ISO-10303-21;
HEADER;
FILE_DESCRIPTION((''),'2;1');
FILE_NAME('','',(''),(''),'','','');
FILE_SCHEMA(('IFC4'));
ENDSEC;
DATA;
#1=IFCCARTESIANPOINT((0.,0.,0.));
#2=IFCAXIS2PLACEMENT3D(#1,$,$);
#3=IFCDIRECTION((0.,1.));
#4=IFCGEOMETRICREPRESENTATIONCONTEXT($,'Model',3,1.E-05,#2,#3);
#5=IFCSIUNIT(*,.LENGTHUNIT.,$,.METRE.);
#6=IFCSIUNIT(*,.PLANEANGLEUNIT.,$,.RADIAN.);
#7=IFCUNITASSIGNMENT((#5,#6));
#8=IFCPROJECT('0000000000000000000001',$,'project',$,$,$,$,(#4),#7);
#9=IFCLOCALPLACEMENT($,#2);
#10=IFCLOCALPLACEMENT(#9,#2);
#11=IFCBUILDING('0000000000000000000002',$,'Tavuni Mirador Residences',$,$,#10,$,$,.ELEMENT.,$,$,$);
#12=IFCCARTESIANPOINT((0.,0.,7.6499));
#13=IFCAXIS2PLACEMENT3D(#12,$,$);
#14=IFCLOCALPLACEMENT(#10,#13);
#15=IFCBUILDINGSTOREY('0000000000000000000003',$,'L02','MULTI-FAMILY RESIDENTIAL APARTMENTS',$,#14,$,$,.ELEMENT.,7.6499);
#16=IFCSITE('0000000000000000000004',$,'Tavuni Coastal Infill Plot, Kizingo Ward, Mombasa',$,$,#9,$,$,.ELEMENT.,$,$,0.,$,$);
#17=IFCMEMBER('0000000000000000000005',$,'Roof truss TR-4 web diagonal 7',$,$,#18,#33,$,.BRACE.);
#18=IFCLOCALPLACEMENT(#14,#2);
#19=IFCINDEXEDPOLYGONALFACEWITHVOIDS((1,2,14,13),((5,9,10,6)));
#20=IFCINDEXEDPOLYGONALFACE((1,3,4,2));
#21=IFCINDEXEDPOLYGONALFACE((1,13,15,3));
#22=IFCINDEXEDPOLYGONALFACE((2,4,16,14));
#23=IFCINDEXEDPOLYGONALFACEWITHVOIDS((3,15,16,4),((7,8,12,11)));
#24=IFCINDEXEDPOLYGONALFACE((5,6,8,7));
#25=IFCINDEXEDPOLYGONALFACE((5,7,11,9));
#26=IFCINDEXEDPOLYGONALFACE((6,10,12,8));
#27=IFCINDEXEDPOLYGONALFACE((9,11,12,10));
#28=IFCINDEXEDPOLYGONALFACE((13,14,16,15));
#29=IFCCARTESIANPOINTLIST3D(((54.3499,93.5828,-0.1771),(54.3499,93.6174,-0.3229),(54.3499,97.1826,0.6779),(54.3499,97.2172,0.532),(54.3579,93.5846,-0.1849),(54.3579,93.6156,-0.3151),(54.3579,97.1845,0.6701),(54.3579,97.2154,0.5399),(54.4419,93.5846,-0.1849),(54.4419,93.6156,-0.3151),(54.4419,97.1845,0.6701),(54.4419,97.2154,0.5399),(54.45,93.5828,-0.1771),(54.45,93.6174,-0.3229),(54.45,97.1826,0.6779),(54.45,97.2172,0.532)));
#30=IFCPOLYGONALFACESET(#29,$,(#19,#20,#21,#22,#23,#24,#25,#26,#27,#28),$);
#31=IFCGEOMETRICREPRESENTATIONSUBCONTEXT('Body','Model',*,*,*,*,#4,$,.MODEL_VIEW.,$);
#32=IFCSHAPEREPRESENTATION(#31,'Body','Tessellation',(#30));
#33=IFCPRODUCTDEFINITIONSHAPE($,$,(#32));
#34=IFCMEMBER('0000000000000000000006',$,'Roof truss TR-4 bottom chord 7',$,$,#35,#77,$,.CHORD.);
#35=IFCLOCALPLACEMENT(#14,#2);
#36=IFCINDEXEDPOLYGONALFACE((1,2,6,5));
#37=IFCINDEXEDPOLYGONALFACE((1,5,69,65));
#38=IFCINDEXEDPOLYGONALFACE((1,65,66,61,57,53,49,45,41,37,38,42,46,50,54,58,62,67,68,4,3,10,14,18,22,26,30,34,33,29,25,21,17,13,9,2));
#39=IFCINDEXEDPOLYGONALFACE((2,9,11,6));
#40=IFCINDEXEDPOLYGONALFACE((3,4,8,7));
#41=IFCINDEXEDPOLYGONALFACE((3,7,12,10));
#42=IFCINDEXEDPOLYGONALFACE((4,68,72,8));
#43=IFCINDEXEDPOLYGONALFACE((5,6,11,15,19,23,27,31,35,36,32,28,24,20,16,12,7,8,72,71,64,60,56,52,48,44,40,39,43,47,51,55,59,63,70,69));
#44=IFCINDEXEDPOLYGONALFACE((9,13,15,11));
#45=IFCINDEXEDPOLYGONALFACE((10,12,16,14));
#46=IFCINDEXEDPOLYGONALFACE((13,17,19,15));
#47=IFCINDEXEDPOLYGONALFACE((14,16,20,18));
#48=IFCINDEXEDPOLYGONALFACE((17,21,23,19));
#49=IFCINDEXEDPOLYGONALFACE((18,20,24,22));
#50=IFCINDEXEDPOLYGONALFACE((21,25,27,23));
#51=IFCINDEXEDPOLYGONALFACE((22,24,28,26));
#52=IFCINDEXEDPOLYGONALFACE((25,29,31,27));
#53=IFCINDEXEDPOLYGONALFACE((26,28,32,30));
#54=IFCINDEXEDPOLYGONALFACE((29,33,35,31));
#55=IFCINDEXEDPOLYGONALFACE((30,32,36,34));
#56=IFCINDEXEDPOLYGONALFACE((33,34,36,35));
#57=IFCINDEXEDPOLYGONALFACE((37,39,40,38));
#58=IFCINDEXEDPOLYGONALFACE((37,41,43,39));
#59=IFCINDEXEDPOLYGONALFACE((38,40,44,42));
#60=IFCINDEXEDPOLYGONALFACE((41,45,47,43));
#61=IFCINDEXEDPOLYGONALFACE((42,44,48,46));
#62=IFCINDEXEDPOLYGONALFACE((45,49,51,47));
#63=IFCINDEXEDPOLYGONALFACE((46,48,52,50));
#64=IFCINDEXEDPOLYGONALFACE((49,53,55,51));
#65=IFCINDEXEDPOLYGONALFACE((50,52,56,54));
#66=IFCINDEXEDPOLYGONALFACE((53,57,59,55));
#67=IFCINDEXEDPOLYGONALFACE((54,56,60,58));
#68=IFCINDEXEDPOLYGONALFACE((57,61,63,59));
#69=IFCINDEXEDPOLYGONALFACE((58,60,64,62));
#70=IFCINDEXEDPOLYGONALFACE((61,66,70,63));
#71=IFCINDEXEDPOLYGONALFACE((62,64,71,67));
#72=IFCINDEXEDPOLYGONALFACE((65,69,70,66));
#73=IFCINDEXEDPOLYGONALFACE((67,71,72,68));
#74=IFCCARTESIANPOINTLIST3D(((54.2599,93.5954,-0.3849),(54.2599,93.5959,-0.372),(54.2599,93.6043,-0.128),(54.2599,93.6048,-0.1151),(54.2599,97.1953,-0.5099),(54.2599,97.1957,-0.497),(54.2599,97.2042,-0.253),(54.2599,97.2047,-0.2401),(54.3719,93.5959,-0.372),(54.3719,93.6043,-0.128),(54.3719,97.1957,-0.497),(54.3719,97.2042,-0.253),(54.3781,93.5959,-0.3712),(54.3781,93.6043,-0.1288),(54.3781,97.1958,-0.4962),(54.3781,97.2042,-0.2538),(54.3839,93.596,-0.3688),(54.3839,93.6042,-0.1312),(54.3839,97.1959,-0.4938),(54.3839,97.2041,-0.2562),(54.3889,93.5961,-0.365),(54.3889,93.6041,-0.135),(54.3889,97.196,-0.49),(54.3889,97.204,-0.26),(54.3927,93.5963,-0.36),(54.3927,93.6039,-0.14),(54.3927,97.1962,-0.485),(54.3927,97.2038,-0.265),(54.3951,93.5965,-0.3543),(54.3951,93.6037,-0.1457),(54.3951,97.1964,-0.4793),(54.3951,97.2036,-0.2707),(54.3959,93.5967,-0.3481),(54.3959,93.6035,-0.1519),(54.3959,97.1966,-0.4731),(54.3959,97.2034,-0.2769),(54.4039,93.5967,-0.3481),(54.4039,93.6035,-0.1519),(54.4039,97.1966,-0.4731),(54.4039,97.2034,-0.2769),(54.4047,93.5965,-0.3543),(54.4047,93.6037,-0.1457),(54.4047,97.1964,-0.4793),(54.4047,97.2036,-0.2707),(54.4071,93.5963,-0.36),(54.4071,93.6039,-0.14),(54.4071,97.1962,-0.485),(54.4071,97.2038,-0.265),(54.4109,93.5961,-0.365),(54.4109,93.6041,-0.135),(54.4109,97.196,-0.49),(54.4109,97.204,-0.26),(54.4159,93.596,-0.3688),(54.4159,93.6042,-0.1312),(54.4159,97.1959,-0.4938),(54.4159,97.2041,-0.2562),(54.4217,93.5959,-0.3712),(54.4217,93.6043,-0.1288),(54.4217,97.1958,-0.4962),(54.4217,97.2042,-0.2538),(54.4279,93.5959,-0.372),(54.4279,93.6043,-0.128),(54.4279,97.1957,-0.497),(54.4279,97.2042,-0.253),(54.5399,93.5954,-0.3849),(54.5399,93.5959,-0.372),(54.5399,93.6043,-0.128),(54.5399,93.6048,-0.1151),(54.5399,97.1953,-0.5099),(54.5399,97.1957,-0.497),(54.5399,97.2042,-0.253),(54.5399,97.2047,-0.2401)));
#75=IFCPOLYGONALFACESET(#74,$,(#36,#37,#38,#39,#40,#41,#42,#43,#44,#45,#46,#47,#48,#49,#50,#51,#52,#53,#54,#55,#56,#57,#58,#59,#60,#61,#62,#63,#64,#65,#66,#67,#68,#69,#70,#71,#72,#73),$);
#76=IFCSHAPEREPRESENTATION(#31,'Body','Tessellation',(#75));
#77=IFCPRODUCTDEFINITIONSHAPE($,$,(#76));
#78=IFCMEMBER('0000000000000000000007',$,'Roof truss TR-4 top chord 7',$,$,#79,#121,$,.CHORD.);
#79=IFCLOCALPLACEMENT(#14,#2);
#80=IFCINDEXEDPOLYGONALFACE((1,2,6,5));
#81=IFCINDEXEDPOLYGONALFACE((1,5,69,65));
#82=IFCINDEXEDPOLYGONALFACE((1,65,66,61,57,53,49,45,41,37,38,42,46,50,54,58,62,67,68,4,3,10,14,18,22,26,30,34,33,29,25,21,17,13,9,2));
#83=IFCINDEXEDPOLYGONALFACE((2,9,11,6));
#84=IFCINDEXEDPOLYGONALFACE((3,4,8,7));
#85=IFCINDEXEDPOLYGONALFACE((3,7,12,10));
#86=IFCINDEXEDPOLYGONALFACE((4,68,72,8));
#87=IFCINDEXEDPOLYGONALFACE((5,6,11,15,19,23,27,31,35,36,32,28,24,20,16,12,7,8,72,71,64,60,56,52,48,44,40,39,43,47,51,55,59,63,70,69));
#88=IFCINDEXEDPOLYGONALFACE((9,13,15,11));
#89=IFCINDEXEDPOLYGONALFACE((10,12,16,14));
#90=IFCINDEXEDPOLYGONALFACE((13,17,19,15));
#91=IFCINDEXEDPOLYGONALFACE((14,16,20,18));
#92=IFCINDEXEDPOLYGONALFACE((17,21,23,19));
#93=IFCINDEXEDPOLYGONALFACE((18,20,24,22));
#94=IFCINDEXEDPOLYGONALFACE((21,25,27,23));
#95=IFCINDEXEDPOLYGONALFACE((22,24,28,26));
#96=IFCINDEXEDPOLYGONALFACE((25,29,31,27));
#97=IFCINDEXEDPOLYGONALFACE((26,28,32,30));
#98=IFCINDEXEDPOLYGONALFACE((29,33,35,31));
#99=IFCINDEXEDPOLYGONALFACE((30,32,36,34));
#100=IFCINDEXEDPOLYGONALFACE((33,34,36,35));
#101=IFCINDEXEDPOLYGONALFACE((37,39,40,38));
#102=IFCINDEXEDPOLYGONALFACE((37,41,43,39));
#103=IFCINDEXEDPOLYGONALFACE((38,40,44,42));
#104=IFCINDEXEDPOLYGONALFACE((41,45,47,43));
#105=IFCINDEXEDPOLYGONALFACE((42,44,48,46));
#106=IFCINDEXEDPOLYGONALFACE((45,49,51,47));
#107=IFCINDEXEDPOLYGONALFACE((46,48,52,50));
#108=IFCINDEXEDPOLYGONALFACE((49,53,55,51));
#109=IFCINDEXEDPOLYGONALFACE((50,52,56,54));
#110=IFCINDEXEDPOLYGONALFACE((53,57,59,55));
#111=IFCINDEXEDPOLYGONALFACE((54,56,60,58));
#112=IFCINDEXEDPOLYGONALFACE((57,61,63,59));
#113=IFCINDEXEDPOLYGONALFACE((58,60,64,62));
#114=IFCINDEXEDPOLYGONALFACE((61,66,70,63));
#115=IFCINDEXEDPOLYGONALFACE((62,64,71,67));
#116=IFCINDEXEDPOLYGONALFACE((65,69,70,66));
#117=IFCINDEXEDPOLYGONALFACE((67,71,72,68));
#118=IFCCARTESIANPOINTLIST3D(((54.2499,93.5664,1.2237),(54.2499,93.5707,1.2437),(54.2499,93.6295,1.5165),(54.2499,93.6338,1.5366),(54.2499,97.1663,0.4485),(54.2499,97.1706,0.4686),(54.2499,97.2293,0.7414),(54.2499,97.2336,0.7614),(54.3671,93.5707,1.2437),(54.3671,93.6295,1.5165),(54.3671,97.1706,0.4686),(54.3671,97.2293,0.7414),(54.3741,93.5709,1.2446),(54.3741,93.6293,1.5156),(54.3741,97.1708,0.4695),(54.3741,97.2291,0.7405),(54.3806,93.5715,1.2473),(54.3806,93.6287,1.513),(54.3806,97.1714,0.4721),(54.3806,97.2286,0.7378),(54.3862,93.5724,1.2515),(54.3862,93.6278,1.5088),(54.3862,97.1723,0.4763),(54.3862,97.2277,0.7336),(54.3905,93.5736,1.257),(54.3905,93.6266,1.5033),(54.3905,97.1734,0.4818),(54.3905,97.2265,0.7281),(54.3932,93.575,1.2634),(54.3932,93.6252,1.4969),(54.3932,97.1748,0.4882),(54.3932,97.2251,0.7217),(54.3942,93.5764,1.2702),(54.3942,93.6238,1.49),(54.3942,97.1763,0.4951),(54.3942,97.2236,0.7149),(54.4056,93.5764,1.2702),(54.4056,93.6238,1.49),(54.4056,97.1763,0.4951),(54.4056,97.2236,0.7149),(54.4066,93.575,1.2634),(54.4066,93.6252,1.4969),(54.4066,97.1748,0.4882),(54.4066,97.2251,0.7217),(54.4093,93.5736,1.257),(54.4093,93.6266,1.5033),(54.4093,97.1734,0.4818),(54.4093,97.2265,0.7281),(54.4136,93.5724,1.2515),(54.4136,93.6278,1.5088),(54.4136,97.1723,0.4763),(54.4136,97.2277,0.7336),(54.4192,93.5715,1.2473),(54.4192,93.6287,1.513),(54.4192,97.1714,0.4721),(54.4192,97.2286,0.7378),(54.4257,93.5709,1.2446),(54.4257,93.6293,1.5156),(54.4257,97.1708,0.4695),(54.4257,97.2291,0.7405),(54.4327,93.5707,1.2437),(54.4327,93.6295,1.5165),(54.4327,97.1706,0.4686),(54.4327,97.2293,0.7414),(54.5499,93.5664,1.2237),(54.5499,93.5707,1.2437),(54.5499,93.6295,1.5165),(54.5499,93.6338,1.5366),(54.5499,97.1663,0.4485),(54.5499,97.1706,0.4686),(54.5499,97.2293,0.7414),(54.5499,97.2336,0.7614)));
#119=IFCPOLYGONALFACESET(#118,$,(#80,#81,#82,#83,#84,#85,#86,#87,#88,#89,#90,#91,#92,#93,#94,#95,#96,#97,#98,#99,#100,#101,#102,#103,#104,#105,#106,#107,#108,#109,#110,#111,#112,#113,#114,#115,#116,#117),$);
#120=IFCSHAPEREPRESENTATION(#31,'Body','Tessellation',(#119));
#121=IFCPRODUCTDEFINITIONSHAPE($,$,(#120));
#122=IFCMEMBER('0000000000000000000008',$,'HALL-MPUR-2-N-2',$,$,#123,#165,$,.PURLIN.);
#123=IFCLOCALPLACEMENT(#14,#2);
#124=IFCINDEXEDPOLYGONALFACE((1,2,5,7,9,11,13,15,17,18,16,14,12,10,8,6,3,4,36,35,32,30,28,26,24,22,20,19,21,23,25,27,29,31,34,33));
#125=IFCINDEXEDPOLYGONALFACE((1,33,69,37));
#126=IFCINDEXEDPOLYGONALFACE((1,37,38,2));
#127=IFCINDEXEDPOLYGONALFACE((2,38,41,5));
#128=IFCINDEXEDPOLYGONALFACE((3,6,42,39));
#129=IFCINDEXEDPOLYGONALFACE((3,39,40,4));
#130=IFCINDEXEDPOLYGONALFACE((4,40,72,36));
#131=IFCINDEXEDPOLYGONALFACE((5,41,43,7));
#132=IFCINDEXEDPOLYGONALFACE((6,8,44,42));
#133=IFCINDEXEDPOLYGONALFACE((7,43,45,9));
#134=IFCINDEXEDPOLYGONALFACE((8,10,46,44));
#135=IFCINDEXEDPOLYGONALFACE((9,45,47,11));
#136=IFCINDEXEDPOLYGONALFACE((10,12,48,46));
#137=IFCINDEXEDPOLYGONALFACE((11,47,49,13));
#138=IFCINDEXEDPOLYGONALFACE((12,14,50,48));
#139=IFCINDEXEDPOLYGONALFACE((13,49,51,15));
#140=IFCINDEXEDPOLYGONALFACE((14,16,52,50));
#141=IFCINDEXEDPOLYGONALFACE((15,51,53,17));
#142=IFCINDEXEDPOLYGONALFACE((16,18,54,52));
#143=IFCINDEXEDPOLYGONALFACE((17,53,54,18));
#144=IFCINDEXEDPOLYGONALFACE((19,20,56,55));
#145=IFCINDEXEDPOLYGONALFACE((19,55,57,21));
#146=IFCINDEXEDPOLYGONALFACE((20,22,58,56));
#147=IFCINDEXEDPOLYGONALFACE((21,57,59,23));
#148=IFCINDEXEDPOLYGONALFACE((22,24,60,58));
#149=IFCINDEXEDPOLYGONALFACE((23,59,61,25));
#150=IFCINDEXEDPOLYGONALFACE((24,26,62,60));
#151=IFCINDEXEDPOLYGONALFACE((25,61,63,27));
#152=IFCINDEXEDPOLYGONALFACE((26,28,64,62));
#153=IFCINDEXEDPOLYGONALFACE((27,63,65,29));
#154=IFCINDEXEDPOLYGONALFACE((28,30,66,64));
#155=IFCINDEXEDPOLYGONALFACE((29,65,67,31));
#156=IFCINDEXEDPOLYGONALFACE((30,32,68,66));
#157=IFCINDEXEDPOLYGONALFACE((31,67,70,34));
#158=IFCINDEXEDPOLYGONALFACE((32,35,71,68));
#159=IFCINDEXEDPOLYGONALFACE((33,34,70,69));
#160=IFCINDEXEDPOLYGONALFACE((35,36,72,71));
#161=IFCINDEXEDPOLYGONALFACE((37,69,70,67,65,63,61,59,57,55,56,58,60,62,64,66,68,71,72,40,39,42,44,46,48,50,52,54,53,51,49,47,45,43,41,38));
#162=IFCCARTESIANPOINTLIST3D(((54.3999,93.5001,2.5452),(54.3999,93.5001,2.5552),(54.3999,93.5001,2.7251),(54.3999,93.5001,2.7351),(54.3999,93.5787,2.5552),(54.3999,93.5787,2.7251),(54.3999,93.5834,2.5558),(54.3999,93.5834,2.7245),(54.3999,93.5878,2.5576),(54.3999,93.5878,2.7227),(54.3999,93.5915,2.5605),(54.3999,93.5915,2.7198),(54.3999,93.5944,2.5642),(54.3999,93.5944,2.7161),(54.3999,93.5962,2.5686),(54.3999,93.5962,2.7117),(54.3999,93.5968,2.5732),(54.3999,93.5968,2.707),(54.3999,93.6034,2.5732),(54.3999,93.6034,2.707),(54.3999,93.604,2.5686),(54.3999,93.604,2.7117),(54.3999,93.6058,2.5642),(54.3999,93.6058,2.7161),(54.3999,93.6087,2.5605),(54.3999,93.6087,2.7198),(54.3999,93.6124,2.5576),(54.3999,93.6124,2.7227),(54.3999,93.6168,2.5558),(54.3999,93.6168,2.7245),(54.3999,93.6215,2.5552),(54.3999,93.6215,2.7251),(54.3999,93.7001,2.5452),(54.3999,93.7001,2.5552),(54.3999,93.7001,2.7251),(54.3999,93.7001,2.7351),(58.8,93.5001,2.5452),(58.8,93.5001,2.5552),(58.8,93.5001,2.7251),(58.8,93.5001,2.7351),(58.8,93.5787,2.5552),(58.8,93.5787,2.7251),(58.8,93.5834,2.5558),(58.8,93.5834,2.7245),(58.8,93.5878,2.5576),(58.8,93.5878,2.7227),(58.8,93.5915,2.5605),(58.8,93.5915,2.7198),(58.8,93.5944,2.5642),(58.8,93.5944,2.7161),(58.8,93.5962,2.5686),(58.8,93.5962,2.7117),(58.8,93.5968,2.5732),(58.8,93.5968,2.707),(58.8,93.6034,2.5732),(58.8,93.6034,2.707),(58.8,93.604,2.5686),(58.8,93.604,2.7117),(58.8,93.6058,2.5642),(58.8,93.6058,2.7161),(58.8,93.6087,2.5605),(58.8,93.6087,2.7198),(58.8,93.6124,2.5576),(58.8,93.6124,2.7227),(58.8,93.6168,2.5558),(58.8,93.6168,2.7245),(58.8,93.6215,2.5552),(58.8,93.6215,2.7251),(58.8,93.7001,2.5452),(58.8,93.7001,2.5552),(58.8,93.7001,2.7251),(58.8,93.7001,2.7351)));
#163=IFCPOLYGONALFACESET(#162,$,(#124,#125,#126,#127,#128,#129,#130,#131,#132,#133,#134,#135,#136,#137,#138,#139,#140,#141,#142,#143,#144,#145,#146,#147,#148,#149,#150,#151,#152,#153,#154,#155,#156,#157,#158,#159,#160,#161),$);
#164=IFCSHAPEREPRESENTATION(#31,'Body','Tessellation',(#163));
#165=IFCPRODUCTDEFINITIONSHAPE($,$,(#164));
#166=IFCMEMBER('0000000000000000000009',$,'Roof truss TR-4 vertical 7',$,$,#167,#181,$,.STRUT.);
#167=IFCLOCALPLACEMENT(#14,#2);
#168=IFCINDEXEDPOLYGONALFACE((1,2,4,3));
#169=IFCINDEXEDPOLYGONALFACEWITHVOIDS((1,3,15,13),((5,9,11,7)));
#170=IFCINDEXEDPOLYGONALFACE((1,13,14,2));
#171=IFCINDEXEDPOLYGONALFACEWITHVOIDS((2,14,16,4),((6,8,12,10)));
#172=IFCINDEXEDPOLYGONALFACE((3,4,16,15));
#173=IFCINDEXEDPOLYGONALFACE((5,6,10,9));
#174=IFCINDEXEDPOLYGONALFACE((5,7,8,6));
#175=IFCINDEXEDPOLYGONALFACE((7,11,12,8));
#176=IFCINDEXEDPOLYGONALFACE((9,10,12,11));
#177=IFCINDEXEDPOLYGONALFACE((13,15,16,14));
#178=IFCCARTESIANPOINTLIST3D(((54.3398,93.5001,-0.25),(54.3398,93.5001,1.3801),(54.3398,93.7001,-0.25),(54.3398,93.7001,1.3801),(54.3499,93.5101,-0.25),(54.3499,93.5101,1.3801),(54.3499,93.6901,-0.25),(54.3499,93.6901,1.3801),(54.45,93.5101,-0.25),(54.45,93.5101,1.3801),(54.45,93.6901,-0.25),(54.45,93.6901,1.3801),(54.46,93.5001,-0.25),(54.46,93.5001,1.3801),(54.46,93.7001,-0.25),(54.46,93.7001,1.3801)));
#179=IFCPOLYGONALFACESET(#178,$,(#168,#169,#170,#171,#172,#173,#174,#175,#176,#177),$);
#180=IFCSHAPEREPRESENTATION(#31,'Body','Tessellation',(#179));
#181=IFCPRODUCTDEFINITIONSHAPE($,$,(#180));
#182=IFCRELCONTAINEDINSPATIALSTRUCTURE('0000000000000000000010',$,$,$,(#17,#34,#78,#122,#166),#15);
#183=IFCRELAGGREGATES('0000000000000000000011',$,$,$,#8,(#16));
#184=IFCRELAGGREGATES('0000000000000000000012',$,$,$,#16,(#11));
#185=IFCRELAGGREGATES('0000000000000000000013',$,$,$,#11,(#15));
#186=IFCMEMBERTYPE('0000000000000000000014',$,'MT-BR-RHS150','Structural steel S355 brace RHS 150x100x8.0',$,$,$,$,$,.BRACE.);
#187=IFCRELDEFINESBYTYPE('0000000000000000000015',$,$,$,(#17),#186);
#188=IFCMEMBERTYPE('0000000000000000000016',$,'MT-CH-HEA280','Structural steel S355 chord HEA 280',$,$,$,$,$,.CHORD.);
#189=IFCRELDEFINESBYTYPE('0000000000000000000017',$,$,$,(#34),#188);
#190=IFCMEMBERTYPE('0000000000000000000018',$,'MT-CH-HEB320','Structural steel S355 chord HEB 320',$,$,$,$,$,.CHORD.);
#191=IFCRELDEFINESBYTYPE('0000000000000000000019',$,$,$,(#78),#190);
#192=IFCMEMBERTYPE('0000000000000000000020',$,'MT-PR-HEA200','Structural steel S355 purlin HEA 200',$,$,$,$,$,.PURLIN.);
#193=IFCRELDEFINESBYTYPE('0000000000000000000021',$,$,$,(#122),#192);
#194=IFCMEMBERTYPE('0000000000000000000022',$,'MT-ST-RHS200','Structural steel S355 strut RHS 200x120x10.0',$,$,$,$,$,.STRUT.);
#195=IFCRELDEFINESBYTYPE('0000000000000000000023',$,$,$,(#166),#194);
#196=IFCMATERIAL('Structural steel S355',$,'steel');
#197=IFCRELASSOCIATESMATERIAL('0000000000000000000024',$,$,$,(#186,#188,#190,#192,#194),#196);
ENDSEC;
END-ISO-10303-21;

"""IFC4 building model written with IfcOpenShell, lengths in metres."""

from ifc_helpers import new_model, si_unit, direction, frame, origin, origin_2d, place, context, subcontext, project, spatial, hollow_rectangle, i_section, extrude, material, material_profile, profile_set, type_object, element, save


model = new_model("IFC4")

# Units and contexts
model_context = context("Model", 3, precision=1e-05, world=origin(), true_north=direction((0.0, 1.0)))
body_context = subcontext(model_context, "Body", "Model", "MODEL_VIEW")
ifc_project = project(units=[si_unit("LENGTHUNIT", "METRE"), si_unit("PLANEANGLEUNIT", "RADIAN")], contexts=[model_context])

# Site, building, storey
site_placement = place(None, origin())
site = spatial("IfcSite", under=ifc_project, at=site_placement, Name="Tavuni Coastal Infill Plot, Kizingo Ward, Mombasa", CompositionType="ELEMENT", RefElevation=0.0)
building_placement = place(site_placement, origin())
building = spatial("IfcBuilding", under=site, at=building_placement, Name="Tavuni Mirador Residences", CompositionType="ELEMENT")
storey_placement = place(building_placement, frame((0.0, 0.0, 7.6499)))
storey = spatial("IfcBuildingStorey", under=building, at=storey_placement, Name="L02", Description="MULTI-FAMILY RESIDENTIAL APARTMENTS", CompositionType="ELEMENT", Elevation=7.6499)

# Members
ifc_material_1 = material(Name="Structural steel S355", Category="steel")
ifc_material_profile_1 = material_profile(ifc_material_1, hollow_rectangle(XDim=0.1001, YDim=0.1499, WallThickness=0.0081, at=origin_2d()), Name="RHS 150x100x8.0", Category="steel")
ifc_profile_set_1 = profile_set([ifc_material_profile_1], Name="Structural steel S355")
member_type_1 = type_object("IfcMemberType", Name="MT-BR-RHS150", Description="Structural steel S355 brace RHS 150x100x8.0", PredefinedType="BRACE", material=ifc_profile_set_1)
member_1_placement = place(storey_placement, frame((54.3999, 93.6001, -0.25), z_axis=(0.0, 0.972936, 0.231076), x_axis=(-1.0, 0.0, 0.0)))
element("IfcMember", 1, at=member_1_placement, inside=storey, type_object=member_type_1, Name="Roof truss TR-4 web diagonal 7", PredefinedType="BRACE", context=body_context, shape_type="SweptSolid", body=[
    extrude(hollow_rectangle(XDim=0.1001, YDim=0.1499, WallThickness=0.0081, at=origin_2d()), origin(), (0.0, 0.0, 1.0), 3.7),
])
ifc_material_profile_2 = material_profile(ifc_material_1, i_section(OverallWidth=0.28, OverallDepth=0.27, WebThickness=0.0081, FlangeThickness=0.0129, FilletRadius=0.0239, at=origin_2d()), Name="HEA 280", Category="steel")
ifc_profile_set_2 = profile_set([ifc_material_profile_2], Name="Structural steel S355")
member_type_2 = type_object("IfcMemberType", Name="MT-CH-HEA280", Description="Structural steel S355 chord HEA 280", PredefinedType="CHORD", material=ifc_profile_set_2)
member_2_placement = place(storey_placement, frame((54.3999, 93.6001, -0.25), z_axis=(0.0, 0.999398, -0.034703), x_axis=(-1.0, 0.0, 0.0)))
element("IfcMember", 2, at=member_2_placement, inside=storey, type_object=member_type_2, Name="Roof truss TR-4 bottom chord 7", PredefinedType="CHORD", context=body_context, shape_type="SweptSolid", body=[
    extrude(i_section(OverallWidth=0.28, OverallDepth=0.27, WebThickness=0.0081, FlangeThickness=0.0129, FilletRadius=0.0239, at=origin_2d()), origin(), (0.0, 0.0, 1.0), 3.6021),
])
ifc_material_profile_3 = material_profile(ifc_material_1, i_section(OverallWidth=0.3, OverallDepth=0.3201, WebThickness=0.0115, FlangeThickness=0.0205, FilletRadius=0.0271, at=origin_2d()), Name="HEB 320", Category="steel")
ifc_profile_set_3 = profile_set([ifc_material_profile_3], Name="Structural steel S355")
member_type_3 = type_object("IfcMemberType", Name="MT-CH-HEB320", Description="Structural steel S355 chord HEB 320", PredefinedType="CHORD", material=ifc_profile_set_3)
member_3_placement = place(storey_placement, frame((54.3999, 93.6001, 1.3801), z_axis=(0.0, 0.977593, -0.210502), x_axis=(-1.0, 0.0, 0.0)))
element("IfcMember", 3, at=member_3_placement, inside=storey, type_object=member_type_3, Name="Roof truss TR-4 top chord 7", PredefinedType="CHORD", context=body_context, shape_type="SweptSolid", body=[
    extrude(i_section(OverallWidth=0.3, OverallDepth=0.3201, WebThickness=0.0115, FlangeThickness=0.0205, FilletRadius=0.0271, at=origin_2d()), origin(), (0.0, 0.0, 1.0), 3.6824),
])
ifc_material_profile_4 = material_profile(ifc_material_1, i_section(OverallWidth=0.2, OverallDepth=0.1899, WebThickness=0.0066, FlangeThickness=0.01, FilletRadius=0.0181, at=origin_2d()), Name="HEA 200", Category="steel")
ifc_profile_set_4 = profile_set([ifc_material_profile_4], Name="Structural steel S355")
member_type_4 = type_object("IfcMemberType", Name="MT-PR-HEA200", Description="Structural steel S355 purlin HEA 200", PredefinedType="PURLIN", material=ifc_profile_set_4)
member_4_placement = place(storey_placement, frame((54.3999, 93.6001, 2.6401), z_axis=(1.0, 0.0, 0.0), x_axis=(0.0, 1.0, 0.0)))
element("IfcMember", 4, at=member_4_placement, inside=storey, type_object=member_type_4, Name="HALL-MPUR-2-N-2", PredefinedType="PURLIN", context=body_context, shape_type="SweptSolid", body=[
    extrude(i_section(OverallWidth=0.2, OverallDepth=0.1899, WebThickness=0.0066, FlangeThickness=0.01, FilletRadius=0.0181, at=origin_2d()), origin(), (0.0, 0.0, 1.0), 4.4001),
])
ifc_material_profile_5 = material_profile(ifc_material_1, hollow_rectangle(XDim=0.1201, YDim=0.2, WallThickness=0.01, at=origin_2d()), Name="RHS 200x120x10.0", Category="steel")
ifc_profile_set_5 = profile_set([ifc_material_profile_5], Name="Structural steel S355")
member_type_5 = type_object("IfcMemberType", Name="MT-ST-RHS200", Description="Structural steel S355 strut RHS 200x120x10.0", PredefinedType="STRUT", material=ifc_profile_set_5)
member_5_placement = place(storey_placement, frame((54.3999, 93.6001, -0.25), z_axis=(0.0, 0.0, 1.0), x_axis=(1.0, 0.0, 0.0)))
element("IfcMember", 5, at=member_5_placement, inside=storey, type_object=member_type_5, Name="Roof truss TR-4 vertical 7", PredefinedType="STRUT", context=body_context, shape_type="SweptSolid", body=[
    extrude(hollow_rectangle(XDim=0.1201, YDim=0.2, WallThickness=0.01, at=origin_2d()), origin(), (0.0, 0.0, 1.0), 1.6301),
])

save(model, "model.ifc")
